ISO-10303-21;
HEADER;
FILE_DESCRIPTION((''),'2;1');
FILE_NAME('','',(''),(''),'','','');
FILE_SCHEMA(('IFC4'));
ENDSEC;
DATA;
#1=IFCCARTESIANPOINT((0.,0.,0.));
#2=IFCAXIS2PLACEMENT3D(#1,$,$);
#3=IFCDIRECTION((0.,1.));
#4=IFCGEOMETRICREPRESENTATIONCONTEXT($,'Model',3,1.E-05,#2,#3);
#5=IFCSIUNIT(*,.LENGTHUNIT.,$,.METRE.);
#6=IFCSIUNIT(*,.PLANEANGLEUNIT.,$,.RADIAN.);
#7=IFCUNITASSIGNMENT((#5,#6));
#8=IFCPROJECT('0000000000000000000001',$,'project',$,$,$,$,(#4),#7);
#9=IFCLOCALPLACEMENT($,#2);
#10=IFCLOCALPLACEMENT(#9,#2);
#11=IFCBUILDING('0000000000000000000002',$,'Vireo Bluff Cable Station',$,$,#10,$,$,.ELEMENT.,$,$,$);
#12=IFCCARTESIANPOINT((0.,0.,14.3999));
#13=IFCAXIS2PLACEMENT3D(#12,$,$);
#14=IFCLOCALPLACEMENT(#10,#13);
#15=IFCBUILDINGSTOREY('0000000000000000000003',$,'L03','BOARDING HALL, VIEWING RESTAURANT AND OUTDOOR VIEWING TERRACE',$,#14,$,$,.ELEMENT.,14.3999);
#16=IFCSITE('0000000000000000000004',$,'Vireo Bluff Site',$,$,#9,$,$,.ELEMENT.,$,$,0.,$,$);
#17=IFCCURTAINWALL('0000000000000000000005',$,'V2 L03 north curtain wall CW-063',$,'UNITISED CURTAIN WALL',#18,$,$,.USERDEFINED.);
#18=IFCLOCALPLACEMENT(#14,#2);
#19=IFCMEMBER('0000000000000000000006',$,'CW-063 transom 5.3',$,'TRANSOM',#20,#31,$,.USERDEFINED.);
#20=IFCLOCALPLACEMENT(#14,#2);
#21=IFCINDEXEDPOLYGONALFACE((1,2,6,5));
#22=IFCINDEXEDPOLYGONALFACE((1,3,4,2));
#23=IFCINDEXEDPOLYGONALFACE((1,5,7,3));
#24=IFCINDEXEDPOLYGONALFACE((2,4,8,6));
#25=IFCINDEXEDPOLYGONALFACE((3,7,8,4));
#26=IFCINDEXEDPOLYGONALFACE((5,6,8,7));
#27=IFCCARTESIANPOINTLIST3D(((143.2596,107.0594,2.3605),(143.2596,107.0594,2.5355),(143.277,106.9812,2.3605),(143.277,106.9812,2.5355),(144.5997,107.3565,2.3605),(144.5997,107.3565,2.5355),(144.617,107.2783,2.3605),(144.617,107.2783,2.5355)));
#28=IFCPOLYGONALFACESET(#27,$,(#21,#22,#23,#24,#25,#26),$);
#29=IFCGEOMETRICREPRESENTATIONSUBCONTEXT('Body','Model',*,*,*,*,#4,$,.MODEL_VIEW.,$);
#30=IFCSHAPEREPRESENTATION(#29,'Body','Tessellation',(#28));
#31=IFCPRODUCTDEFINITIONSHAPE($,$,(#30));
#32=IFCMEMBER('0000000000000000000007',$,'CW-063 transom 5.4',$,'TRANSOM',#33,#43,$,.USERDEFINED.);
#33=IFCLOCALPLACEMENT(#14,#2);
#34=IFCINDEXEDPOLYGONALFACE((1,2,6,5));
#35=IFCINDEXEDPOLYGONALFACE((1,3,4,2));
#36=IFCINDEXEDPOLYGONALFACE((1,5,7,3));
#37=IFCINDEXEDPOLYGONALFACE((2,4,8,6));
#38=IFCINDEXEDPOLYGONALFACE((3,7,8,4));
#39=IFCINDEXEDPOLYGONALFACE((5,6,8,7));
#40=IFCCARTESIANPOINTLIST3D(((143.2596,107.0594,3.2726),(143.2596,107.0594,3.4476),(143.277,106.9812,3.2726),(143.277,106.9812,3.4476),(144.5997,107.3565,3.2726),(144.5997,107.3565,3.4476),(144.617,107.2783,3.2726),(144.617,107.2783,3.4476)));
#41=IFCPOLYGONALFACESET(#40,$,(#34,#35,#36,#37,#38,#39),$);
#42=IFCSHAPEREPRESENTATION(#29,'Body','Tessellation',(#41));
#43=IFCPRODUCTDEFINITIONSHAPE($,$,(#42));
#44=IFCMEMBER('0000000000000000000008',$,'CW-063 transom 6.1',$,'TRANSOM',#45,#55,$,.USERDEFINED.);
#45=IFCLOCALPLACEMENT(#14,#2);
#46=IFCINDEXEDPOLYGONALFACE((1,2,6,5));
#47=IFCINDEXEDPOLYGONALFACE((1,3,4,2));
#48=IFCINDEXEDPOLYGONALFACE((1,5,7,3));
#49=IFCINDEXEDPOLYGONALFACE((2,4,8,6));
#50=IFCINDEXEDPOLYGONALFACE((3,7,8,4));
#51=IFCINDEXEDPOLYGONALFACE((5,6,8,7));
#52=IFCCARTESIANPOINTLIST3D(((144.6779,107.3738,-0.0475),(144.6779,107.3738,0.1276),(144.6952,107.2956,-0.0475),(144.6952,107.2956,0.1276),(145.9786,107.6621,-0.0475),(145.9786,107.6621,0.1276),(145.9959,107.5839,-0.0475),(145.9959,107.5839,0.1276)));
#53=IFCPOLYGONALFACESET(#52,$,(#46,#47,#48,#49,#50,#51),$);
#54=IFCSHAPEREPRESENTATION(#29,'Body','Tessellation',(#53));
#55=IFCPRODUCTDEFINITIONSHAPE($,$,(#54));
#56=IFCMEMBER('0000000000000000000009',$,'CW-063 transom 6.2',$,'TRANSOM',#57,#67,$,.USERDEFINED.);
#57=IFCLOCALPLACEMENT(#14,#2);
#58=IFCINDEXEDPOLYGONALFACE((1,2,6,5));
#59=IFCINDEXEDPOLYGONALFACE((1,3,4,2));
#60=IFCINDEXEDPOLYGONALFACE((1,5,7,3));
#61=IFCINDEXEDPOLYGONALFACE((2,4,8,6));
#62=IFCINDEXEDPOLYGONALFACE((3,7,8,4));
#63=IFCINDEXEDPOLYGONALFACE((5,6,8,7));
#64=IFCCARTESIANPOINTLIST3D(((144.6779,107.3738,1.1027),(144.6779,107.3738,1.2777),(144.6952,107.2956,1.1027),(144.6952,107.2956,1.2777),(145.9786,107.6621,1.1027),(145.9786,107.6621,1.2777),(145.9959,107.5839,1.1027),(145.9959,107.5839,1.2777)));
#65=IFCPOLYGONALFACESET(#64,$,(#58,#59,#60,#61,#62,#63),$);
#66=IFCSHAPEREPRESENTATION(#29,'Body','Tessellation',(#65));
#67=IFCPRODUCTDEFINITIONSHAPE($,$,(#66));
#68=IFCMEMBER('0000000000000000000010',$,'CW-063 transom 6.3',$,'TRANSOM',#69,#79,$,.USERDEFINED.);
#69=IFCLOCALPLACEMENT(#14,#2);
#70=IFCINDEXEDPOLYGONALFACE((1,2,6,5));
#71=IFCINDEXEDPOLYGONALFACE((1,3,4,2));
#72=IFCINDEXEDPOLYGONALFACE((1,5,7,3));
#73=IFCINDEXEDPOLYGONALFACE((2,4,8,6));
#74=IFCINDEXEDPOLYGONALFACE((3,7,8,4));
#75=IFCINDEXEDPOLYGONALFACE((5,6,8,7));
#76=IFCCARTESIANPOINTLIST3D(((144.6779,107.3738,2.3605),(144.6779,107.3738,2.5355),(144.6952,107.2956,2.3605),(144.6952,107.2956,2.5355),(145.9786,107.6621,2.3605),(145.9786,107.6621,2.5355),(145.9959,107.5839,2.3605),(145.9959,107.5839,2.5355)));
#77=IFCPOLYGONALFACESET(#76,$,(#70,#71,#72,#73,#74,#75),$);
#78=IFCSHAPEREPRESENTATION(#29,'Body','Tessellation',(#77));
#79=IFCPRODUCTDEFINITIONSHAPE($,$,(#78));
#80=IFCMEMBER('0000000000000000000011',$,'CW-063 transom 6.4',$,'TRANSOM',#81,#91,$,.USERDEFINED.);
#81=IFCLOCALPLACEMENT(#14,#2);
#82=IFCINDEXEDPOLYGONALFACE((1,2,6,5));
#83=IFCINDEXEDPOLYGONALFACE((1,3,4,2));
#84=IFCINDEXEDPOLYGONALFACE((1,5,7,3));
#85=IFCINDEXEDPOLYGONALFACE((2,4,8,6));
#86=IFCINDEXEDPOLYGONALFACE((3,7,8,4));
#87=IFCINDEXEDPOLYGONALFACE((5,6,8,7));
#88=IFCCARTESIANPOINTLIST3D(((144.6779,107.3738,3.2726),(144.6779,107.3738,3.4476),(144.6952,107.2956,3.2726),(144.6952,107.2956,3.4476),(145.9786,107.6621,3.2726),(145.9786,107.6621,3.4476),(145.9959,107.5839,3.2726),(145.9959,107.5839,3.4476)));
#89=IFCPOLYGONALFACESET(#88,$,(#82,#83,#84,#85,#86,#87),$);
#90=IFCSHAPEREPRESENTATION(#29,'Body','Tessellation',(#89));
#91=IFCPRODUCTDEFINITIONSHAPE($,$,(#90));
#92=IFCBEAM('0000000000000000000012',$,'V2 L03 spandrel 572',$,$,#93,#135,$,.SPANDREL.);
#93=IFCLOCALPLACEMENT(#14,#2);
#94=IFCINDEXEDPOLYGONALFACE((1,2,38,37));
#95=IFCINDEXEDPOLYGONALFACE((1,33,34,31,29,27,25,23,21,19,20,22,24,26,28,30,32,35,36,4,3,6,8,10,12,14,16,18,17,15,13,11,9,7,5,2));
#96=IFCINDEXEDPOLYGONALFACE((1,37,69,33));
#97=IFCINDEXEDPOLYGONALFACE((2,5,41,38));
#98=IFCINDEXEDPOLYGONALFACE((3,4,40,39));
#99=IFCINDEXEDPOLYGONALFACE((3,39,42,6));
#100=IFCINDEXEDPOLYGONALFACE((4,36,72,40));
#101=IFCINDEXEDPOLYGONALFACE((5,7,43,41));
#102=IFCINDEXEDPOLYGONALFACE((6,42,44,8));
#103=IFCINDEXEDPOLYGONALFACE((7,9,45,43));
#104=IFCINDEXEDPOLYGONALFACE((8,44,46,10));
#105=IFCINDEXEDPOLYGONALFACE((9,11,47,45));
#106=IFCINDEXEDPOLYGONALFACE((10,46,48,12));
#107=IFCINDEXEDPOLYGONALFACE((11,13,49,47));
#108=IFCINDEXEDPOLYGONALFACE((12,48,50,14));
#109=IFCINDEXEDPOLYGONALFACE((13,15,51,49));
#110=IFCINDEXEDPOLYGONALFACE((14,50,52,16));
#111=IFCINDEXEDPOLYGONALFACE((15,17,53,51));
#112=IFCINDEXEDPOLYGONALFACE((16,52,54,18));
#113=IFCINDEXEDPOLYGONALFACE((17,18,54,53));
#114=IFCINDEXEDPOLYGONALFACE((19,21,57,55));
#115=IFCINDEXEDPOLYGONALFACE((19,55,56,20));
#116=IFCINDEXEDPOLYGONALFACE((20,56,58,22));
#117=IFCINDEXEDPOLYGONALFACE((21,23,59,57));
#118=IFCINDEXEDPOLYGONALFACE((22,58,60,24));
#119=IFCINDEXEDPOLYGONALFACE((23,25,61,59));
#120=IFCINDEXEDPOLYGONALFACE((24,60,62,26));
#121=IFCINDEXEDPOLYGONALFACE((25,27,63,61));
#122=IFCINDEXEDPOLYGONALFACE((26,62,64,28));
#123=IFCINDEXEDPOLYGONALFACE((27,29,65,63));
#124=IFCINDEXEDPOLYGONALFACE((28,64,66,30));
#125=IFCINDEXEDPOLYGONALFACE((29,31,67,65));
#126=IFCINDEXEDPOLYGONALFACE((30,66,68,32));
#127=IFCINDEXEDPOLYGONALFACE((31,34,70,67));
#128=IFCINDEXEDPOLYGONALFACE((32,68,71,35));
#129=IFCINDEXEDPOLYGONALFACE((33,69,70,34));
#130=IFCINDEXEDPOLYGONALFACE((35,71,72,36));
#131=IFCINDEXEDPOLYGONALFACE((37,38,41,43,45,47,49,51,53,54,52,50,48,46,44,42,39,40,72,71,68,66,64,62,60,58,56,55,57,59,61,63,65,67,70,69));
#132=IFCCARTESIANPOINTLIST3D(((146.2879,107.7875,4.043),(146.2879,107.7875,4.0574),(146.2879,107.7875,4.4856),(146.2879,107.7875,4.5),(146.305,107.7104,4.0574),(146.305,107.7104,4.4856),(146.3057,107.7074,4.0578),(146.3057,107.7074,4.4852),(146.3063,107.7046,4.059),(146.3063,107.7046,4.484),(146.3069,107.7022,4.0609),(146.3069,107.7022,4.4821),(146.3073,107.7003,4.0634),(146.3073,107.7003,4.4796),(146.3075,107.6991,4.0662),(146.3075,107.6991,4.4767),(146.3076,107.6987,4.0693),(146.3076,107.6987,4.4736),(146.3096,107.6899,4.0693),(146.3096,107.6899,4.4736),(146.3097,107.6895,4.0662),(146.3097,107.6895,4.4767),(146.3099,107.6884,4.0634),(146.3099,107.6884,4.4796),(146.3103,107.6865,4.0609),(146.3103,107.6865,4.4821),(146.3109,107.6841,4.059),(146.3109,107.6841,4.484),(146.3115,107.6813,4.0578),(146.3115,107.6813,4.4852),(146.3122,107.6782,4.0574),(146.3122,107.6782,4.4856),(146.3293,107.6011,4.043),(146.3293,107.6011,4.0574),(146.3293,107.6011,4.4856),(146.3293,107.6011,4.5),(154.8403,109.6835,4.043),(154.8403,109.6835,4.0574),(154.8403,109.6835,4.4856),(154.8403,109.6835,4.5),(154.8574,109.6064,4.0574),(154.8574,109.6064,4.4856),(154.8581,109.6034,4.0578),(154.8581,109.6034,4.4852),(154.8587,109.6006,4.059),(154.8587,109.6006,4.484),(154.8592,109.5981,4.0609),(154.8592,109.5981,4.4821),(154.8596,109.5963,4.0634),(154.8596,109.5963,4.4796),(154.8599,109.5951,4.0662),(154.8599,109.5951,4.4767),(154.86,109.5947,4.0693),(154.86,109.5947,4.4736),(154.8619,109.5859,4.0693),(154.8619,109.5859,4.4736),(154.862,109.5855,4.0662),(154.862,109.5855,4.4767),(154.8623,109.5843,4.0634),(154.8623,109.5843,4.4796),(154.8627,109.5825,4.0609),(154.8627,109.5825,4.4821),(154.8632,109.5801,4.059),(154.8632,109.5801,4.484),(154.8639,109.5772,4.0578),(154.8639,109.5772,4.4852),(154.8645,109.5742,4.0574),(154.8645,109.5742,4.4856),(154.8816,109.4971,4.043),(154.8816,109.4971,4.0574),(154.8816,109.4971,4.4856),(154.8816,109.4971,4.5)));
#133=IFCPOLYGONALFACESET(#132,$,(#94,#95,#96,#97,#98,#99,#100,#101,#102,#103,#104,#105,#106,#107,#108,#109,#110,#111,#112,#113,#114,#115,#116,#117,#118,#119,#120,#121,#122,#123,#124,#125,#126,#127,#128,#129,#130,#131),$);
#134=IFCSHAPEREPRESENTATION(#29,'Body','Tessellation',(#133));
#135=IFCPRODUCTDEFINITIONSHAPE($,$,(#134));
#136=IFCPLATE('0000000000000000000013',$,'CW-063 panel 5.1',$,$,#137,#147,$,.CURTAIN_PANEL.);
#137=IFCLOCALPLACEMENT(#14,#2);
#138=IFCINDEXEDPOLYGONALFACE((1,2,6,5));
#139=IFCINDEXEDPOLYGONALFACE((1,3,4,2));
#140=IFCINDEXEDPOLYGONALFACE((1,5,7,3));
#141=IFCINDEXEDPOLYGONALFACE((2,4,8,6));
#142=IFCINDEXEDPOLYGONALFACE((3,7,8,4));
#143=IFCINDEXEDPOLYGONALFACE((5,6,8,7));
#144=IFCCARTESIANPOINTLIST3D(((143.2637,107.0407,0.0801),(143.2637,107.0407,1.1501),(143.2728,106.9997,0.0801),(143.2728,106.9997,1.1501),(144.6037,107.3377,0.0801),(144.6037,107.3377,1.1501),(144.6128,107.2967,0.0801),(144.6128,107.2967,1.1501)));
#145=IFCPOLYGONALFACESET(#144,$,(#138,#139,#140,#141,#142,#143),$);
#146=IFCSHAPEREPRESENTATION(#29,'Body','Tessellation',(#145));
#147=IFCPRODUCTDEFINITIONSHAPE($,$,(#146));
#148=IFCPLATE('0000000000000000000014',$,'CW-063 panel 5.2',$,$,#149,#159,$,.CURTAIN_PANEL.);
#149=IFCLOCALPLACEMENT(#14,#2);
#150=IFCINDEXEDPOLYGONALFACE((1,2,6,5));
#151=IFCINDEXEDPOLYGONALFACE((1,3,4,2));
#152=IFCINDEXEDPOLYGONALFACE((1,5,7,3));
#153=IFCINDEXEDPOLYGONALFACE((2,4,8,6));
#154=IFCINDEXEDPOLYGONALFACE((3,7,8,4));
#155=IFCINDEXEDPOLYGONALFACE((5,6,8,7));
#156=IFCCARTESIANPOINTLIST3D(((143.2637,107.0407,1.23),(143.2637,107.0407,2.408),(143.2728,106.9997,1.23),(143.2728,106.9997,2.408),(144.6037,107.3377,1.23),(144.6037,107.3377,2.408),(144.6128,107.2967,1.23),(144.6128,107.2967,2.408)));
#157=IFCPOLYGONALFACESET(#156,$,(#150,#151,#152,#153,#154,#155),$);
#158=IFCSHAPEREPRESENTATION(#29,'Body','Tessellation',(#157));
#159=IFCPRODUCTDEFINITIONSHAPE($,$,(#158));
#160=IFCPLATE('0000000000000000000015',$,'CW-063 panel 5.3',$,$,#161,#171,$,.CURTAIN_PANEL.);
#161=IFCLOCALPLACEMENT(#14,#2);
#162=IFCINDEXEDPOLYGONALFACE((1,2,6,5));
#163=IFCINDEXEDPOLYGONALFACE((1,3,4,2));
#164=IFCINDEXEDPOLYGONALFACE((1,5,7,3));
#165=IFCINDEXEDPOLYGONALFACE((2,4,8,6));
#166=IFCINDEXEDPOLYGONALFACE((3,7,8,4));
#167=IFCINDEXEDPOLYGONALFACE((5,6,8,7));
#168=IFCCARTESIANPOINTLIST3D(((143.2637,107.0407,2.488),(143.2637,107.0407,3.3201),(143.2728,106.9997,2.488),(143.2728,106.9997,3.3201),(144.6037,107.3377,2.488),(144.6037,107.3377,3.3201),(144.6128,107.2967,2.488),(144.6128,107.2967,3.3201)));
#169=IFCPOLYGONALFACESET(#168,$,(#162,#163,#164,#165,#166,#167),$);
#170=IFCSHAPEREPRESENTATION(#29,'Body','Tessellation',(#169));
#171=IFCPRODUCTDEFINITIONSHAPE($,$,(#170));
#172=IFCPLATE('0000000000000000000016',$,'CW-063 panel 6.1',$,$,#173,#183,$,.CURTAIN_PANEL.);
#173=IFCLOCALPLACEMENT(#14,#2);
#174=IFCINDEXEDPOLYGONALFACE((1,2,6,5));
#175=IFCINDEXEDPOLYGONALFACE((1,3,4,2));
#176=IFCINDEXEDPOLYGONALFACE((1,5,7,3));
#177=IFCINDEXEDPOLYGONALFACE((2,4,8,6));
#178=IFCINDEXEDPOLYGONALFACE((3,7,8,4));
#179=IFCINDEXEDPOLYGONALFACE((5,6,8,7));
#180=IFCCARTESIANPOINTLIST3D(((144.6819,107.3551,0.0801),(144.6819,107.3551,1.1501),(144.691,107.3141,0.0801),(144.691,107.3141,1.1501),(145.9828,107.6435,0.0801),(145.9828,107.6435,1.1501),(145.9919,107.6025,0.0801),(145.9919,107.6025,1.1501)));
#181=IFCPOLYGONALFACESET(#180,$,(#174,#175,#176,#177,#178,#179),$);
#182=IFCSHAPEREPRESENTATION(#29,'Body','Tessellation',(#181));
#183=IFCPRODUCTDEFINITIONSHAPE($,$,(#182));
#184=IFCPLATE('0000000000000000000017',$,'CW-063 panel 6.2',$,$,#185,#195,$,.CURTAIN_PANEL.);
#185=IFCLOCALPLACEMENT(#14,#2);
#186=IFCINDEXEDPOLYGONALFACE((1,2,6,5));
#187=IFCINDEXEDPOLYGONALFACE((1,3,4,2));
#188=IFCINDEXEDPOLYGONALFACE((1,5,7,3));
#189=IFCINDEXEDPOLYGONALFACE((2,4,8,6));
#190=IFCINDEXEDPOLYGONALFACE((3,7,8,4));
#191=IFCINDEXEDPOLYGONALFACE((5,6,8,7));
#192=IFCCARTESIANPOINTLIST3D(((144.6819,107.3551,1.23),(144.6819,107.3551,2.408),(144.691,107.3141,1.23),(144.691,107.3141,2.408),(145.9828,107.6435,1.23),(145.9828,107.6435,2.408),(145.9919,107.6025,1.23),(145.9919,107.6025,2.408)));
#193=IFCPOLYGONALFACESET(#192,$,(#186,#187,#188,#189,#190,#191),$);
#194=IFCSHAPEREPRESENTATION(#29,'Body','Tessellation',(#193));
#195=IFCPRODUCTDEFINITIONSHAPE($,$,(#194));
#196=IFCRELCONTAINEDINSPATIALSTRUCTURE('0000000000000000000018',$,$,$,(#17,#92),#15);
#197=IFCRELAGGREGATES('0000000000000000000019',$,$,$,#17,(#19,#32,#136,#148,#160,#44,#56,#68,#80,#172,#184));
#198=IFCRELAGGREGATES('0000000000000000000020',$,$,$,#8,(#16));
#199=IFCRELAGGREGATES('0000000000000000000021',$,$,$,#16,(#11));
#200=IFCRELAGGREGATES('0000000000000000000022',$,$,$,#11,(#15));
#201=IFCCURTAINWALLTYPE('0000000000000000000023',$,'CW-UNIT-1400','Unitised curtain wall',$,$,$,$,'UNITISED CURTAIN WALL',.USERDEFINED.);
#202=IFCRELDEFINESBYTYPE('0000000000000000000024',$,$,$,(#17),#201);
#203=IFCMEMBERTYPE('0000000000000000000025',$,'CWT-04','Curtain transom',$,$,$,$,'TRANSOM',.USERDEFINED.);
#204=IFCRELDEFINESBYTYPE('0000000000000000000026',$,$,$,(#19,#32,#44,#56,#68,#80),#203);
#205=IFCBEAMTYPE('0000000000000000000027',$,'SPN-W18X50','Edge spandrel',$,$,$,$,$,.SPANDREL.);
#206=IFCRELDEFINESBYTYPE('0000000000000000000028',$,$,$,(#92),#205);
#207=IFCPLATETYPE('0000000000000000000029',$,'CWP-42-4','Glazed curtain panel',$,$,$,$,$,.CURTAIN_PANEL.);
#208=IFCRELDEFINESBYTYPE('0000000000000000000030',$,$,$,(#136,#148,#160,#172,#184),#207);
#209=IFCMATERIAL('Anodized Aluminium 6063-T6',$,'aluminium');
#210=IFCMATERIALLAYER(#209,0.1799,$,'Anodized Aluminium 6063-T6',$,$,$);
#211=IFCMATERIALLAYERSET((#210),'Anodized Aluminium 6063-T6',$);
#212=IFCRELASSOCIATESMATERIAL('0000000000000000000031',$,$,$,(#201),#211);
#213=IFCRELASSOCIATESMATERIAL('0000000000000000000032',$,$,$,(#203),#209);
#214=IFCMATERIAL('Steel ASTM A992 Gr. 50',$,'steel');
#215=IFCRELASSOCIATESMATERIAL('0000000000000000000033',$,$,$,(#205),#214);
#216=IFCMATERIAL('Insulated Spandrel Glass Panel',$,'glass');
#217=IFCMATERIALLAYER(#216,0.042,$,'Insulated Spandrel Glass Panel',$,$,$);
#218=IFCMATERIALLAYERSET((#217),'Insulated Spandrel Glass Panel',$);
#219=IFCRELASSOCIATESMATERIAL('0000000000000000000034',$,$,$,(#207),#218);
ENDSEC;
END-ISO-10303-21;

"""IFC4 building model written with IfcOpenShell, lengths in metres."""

from ifc_helpers import new_model, si_unit, direction, frame, origin, origin_2d, place, context, subcontext, project, spatial, rectangle, i_section, extrude, material, layer, layer_set, material_profile, profile_set, type_object, element, aggregate, save


model = new_model("IFC4")

# Units and contexts
model_context = context("Model", 3, precision=1e-05, world=origin(), true_north=direction((0.0, 1.0)))
body_context = subcontext(model_context, "Body", "Model", "MODEL_VIEW")
ifc_project = project(units=[si_unit("LENGTHUNIT", "METRE"), si_unit("PLANEANGLEUNIT", "RADIAN")], contexts=[model_context])

# Site, building, storey
site_placement = place(None, origin())
site = spatial("IfcSite", under=ifc_project, at=site_placement, Name="Vireo Bluff Site", CompositionType="ELEMENT", RefElevation=0.0)
building_placement = place(site_placement, origin())
building = spatial("IfcBuilding", under=site, at=building_placement, Name="Vireo Bluff Cable Station", CompositionType="ELEMENT")
storey_placement = place(building_placement, frame((0.0, 0.0, 14.3999)))
storey = spatial("IfcBuildingStorey", under=building, at=storey_placement, Name="L03", Description="BOARDING HALL, VIEWING RESTAURANT AND OUTDOOR VIEWING TERRACE", CompositionType="ELEMENT", Elevation=14.3999)

# Shared definitions
ifc_material_1 = material(Name="Steel ASTM A992 Gr. 50", Category="steel")

# Shared definitions
ifc_material_2 = material(Name="Anodized Aluminium 6063-T6", Category="aluminium")

# Curtain wall
ifc_layer_1 = layer(ifc_material_2, 0.1799, Name="Anodized Aluminium 6063-T6")
ifc_layer_set_1 = layer_set([ifc_layer_1], Name="Anodized Aluminium 6063-T6")
curtain_wall_type_1 = type_object("IfcCurtainWallType", Name="CW-UNIT-1400", Description="Unitised curtain wall", ElementType="UNITISED CURTAIN WALL", PredefinedType="USERDEFINED", material=ifc_layer_set_1)
curtain_wall_1_placement = place(storey_placement, origin())
curtain_wall_1 = element("IfcCurtainWall", 1, at=curtain_wall_1_placement, inside=storey, type_object=curtain_wall_type_1, Name="V2 L03 north curtain wall CW-063", ObjectType="UNITISED CURTAIN WALL", PredefinedType="USERDEFINED")

# Members
ifc_material_profile_1 = material_profile(ifc_material_2, rectangle(XDim=0.0801, YDim=0.175, at=origin_2d()), Name="ALU-T-80X175")
ifc_profile_set_1 = profile_set([ifc_material_profile_1], Name="Anodized Aluminium 6063-T6")
member_type_1 = type_object("IfcMemberType", Name="CWT-04", Description="Curtain transom", ElementType="TRANSOM", PredefinedType="USERDEFINED", material=ifc_profile_set_1)
member_1_placement = place(storey_placement, frame((143.2683, 107.0203, 2.448), z_axis=(0.976292, 0.21646, 0.0), x_axis=(-0.21646, 0.976292, 0.0)))
member_1 = element("IfcMember", 2, at=member_1_placement, type_object=member_type_1, Name="CW-063 transom 5.3", ObjectType="TRANSOM", PredefinedType="USERDEFINED", context=body_context, shape_type="SweptSolid", body=[
    extrude(rectangle(XDim=0.0801, YDim=0.175, at=origin_2d()), origin(), (0.0, 0.0, 1.0), 1.3726),
])
member_2_placement = place(storey_placement, frame((143.2683, 107.0203, 3.3601), z_axis=(0.976292, 0.21646, 0.0), x_axis=(-0.21646, 0.976292, 0.0)))
member_2 = element("IfcMember", 3, at=member_2_placement, type_object=member_type_1, Name="CW-063 transom 5.4", ObjectType="TRANSOM", PredefinedType="USERDEFINED", context=body_context, shape_type="SweptSolid", body=[
    extrude(rectangle(XDim=0.0801, YDim=0.175, at=origin_2d()), origin(), (0.0, 0.0, 1.0), 1.3726),
])
member_3_placement = place(storey_placement, frame((144.6865, 107.3347, 0.04), z_axis=(0.976303, 0.216407, 0.0), x_axis=(-0.216407, 0.976303, 0.0)))
member_3 = element("IfcMember", 4, at=member_3_placement, type_object=member_type_1, Name="CW-063 transom 6.1", ObjectType="TRANSOM", PredefinedType="USERDEFINED", context=body_context, shape_type="SweptSolid", body=[
    extrude(rectangle(XDim=0.0801, YDim=0.175, at=origin_2d()), origin(), (0.0, 0.0, 1.0), 1.3323),
])
member_4_placement = place(storey_placement, frame((144.6865, 107.3347, 1.1902), z_axis=(0.976303, 0.216407, 0.0), x_axis=(-0.216407, 0.976303, 0.0)))
member_4 = element("IfcMember", 5, at=member_4_placement, type_object=member_type_1, Name="CW-063 transom 6.2", ObjectType="TRANSOM", PredefinedType="USERDEFINED", context=body_context, shape_type="SweptSolid", body=[
    extrude(rectangle(XDim=0.0801, YDim=0.175, at=origin_2d()), origin(), (0.0, 0.0, 1.0), 1.3323),
])
member_5_placement = place(storey_placement, frame((144.6865, 107.3347, 2.448), z_axis=(0.976303, 0.216407, 0.0), x_axis=(-0.216407, 0.976303, 0.0)))
member_5 = element("IfcMember", 6, at=member_5_placement, type_object=member_type_1, Name="CW-063 transom 6.3", ObjectType="TRANSOM", PredefinedType="USERDEFINED", context=body_context, shape_type="SweptSolid", body=[
    extrude(rectangle(XDim=0.0801, YDim=0.175, at=origin_2d()), origin(), (0.0, 0.0, 1.0), 1.3323),
])
member_6_placement = place(storey_placement, frame((144.6865, 107.3347, 3.3601), z_axis=(0.976303, 0.216407, 0.0), x_axis=(-0.216407, 0.976303, 0.0)))
member_6 = element("IfcMember", 7, at=member_6_placement, type_object=member_type_1, Name="CW-063 transom 6.4", ObjectType="TRANSOM", PredefinedType="USERDEFINED", context=body_context, shape_type="SweptSolid", body=[
    extrude(rectangle(XDim=0.0801, YDim=0.175, at=origin_2d()), origin(), (0.0, 0.0, 1.0), 1.3323),
])

# Beam
ifc_material_profile_2 = material_profile(ifc_material_1, i_section(OverallWidth=0.1909, OverallDepth=0.457, WebThickness=0.009, FlangeThickness=0.0144, FilletRadius=0.012, at=origin_2d()), Name="W18X50")
ifc_profile_set_2 = profile_set([ifc_material_profile_2], Name="Steel ASTM A992 Gr. 50")
beam_type = type_object("IfcBeamType", Name="SPN-W18X50", Description="Edge spandrel", PredefinedType="SPANDREL", material=ifc_profile_set_2)
beam_placement = place(storey_placement, frame((146.3086, 107.6943, 4.2715), z_axis=(0.976297, 0.216435, 0.0), x_axis=(-0.216435, 0.976297, 0.0)))
element("IfcBeam", 8, at=beam_placement, inside=storey, type_object=beam_type, Name="V2 L03 spandrel 572", PredefinedType="SPANDREL", context=body_context, shape_type="SweptSolid", body=[
    extrude(i_section(OverallWidth=0.1909, OverallDepth=0.457, WebThickness=0.009, FlangeThickness=0.0144, FilletRadius=0.012, at=origin_2d()), origin(), (0.0, 0.0, 1.0), 8.76),
])

# Plates
ifc_material_3 = material(Name="Insulated Spandrel Glass Panel", Category="glass")
ifc_layer_2 = layer(ifc_material_3, 0.042, Name="Insulated Spandrel Glass Panel")
ifc_layer_set_2 = layer_set([ifc_layer_2], Name="Insulated Spandrel Glass Panel")
plate_type = type_object("IfcPlateType", Name="CWP-42-4", Description="Glazed curtain panel", PredefinedType="CURTAIN_PANEL", material=ifc_layer_set_2)
plate_1_placement = place(storey_placement, frame((143.9382, 107.1687, 0.0801), z_axis=(0.0, 0.0, 1.0), x_axis=(0.976296, 0.21644, 0.0)))
plate_1 = element("IfcPlate", 9, at=plate_1_placement, type_object=plate_type, Name="CW-063 panel 5.1", PredefinedType="CURTAIN_PANEL", context=body_context, shape_type="SweptSolid", body=[
    extrude(rectangle(XDim=1.3726, YDim=0.042, at=origin_2d()), origin(), (0.0, 0.0, 1.0), 1.0701),
])
plate_2_placement = place(storey_placement, frame((143.9382, 107.1687, 1.23), z_axis=(0.0, 0.0, 1.0), x_axis=(0.976296, 0.21644, 0.0)))
plate_2 = element("IfcPlate", 10, at=plate_2_placement, type_object=plate_type, Name="CW-063 panel 5.2", PredefinedType="CURTAIN_PANEL", context=body_context, shape_type="SweptSolid", body=[
    extrude(rectangle(XDim=1.3726, YDim=0.042, at=origin_2d()), origin(), (0.0, 0.0, 1.0), 1.178),
])
plate_3_placement = place(storey_placement, frame((143.9382, 107.1687, 2.488), z_axis=(0.0, 0.0, 1.0), x_axis=(0.976296, 0.21644, 0.0)))
plate_3 = element("IfcPlate", 11, at=plate_3_placement, type_object=plate_type, Name="CW-063 panel 5.3", PredefinedType="CURTAIN_PANEL", context=body_context, shape_type="SweptSolid", body=[
    extrude(rectangle(XDim=1.3726, YDim=0.042, at=origin_2d()), origin(), (0.0, 0.0, 1.0), 0.832),
])
plate_4_placement = place(storey_placement, frame((145.3369, 107.4788, 0.0801), z_axis=(0.0, 0.0, 1.0), x_axis=(0.976296, 0.21644, 0.0)))
plate_4 = element("IfcPlate", 12, at=plate_4_placement, type_object=plate_type, Name="CW-063 panel 6.1", PredefinedType="CURTAIN_PANEL", context=body_context, shape_type="SweptSolid", body=[
    extrude(rectangle(XDim=1.3325, YDim=0.042, at=origin_2d()), origin(), (0.0, 0.0, 1.0), 1.0701),
])
plate_5_placement = place(storey_placement, frame((145.3369, 107.4788, 1.23), z_axis=(0.0, 0.0, 1.0), x_axis=(0.976296, 0.21644, 0.0)))
plate_5 = element("IfcPlate", 13, at=plate_5_placement, type_object=plate_type, Name="CW-063 panel 6.2", PredefinedType="CURTAIN_PANEL", context=body_context, shape_type="SweptSolid", body=[
    extrude(rectangle(XDim=1.3325, YDim=0.042, at=origin_2d()), origin(), (0.0, 0.0, 1.0), 1.178),
])
aggregate(curtain_wall_1, [member_1, member_2, plate_1, plate_2, plate_3, member_3, member_4, member_5, member_6, plate_4, plate_5])

save(model, "model.ifc")
